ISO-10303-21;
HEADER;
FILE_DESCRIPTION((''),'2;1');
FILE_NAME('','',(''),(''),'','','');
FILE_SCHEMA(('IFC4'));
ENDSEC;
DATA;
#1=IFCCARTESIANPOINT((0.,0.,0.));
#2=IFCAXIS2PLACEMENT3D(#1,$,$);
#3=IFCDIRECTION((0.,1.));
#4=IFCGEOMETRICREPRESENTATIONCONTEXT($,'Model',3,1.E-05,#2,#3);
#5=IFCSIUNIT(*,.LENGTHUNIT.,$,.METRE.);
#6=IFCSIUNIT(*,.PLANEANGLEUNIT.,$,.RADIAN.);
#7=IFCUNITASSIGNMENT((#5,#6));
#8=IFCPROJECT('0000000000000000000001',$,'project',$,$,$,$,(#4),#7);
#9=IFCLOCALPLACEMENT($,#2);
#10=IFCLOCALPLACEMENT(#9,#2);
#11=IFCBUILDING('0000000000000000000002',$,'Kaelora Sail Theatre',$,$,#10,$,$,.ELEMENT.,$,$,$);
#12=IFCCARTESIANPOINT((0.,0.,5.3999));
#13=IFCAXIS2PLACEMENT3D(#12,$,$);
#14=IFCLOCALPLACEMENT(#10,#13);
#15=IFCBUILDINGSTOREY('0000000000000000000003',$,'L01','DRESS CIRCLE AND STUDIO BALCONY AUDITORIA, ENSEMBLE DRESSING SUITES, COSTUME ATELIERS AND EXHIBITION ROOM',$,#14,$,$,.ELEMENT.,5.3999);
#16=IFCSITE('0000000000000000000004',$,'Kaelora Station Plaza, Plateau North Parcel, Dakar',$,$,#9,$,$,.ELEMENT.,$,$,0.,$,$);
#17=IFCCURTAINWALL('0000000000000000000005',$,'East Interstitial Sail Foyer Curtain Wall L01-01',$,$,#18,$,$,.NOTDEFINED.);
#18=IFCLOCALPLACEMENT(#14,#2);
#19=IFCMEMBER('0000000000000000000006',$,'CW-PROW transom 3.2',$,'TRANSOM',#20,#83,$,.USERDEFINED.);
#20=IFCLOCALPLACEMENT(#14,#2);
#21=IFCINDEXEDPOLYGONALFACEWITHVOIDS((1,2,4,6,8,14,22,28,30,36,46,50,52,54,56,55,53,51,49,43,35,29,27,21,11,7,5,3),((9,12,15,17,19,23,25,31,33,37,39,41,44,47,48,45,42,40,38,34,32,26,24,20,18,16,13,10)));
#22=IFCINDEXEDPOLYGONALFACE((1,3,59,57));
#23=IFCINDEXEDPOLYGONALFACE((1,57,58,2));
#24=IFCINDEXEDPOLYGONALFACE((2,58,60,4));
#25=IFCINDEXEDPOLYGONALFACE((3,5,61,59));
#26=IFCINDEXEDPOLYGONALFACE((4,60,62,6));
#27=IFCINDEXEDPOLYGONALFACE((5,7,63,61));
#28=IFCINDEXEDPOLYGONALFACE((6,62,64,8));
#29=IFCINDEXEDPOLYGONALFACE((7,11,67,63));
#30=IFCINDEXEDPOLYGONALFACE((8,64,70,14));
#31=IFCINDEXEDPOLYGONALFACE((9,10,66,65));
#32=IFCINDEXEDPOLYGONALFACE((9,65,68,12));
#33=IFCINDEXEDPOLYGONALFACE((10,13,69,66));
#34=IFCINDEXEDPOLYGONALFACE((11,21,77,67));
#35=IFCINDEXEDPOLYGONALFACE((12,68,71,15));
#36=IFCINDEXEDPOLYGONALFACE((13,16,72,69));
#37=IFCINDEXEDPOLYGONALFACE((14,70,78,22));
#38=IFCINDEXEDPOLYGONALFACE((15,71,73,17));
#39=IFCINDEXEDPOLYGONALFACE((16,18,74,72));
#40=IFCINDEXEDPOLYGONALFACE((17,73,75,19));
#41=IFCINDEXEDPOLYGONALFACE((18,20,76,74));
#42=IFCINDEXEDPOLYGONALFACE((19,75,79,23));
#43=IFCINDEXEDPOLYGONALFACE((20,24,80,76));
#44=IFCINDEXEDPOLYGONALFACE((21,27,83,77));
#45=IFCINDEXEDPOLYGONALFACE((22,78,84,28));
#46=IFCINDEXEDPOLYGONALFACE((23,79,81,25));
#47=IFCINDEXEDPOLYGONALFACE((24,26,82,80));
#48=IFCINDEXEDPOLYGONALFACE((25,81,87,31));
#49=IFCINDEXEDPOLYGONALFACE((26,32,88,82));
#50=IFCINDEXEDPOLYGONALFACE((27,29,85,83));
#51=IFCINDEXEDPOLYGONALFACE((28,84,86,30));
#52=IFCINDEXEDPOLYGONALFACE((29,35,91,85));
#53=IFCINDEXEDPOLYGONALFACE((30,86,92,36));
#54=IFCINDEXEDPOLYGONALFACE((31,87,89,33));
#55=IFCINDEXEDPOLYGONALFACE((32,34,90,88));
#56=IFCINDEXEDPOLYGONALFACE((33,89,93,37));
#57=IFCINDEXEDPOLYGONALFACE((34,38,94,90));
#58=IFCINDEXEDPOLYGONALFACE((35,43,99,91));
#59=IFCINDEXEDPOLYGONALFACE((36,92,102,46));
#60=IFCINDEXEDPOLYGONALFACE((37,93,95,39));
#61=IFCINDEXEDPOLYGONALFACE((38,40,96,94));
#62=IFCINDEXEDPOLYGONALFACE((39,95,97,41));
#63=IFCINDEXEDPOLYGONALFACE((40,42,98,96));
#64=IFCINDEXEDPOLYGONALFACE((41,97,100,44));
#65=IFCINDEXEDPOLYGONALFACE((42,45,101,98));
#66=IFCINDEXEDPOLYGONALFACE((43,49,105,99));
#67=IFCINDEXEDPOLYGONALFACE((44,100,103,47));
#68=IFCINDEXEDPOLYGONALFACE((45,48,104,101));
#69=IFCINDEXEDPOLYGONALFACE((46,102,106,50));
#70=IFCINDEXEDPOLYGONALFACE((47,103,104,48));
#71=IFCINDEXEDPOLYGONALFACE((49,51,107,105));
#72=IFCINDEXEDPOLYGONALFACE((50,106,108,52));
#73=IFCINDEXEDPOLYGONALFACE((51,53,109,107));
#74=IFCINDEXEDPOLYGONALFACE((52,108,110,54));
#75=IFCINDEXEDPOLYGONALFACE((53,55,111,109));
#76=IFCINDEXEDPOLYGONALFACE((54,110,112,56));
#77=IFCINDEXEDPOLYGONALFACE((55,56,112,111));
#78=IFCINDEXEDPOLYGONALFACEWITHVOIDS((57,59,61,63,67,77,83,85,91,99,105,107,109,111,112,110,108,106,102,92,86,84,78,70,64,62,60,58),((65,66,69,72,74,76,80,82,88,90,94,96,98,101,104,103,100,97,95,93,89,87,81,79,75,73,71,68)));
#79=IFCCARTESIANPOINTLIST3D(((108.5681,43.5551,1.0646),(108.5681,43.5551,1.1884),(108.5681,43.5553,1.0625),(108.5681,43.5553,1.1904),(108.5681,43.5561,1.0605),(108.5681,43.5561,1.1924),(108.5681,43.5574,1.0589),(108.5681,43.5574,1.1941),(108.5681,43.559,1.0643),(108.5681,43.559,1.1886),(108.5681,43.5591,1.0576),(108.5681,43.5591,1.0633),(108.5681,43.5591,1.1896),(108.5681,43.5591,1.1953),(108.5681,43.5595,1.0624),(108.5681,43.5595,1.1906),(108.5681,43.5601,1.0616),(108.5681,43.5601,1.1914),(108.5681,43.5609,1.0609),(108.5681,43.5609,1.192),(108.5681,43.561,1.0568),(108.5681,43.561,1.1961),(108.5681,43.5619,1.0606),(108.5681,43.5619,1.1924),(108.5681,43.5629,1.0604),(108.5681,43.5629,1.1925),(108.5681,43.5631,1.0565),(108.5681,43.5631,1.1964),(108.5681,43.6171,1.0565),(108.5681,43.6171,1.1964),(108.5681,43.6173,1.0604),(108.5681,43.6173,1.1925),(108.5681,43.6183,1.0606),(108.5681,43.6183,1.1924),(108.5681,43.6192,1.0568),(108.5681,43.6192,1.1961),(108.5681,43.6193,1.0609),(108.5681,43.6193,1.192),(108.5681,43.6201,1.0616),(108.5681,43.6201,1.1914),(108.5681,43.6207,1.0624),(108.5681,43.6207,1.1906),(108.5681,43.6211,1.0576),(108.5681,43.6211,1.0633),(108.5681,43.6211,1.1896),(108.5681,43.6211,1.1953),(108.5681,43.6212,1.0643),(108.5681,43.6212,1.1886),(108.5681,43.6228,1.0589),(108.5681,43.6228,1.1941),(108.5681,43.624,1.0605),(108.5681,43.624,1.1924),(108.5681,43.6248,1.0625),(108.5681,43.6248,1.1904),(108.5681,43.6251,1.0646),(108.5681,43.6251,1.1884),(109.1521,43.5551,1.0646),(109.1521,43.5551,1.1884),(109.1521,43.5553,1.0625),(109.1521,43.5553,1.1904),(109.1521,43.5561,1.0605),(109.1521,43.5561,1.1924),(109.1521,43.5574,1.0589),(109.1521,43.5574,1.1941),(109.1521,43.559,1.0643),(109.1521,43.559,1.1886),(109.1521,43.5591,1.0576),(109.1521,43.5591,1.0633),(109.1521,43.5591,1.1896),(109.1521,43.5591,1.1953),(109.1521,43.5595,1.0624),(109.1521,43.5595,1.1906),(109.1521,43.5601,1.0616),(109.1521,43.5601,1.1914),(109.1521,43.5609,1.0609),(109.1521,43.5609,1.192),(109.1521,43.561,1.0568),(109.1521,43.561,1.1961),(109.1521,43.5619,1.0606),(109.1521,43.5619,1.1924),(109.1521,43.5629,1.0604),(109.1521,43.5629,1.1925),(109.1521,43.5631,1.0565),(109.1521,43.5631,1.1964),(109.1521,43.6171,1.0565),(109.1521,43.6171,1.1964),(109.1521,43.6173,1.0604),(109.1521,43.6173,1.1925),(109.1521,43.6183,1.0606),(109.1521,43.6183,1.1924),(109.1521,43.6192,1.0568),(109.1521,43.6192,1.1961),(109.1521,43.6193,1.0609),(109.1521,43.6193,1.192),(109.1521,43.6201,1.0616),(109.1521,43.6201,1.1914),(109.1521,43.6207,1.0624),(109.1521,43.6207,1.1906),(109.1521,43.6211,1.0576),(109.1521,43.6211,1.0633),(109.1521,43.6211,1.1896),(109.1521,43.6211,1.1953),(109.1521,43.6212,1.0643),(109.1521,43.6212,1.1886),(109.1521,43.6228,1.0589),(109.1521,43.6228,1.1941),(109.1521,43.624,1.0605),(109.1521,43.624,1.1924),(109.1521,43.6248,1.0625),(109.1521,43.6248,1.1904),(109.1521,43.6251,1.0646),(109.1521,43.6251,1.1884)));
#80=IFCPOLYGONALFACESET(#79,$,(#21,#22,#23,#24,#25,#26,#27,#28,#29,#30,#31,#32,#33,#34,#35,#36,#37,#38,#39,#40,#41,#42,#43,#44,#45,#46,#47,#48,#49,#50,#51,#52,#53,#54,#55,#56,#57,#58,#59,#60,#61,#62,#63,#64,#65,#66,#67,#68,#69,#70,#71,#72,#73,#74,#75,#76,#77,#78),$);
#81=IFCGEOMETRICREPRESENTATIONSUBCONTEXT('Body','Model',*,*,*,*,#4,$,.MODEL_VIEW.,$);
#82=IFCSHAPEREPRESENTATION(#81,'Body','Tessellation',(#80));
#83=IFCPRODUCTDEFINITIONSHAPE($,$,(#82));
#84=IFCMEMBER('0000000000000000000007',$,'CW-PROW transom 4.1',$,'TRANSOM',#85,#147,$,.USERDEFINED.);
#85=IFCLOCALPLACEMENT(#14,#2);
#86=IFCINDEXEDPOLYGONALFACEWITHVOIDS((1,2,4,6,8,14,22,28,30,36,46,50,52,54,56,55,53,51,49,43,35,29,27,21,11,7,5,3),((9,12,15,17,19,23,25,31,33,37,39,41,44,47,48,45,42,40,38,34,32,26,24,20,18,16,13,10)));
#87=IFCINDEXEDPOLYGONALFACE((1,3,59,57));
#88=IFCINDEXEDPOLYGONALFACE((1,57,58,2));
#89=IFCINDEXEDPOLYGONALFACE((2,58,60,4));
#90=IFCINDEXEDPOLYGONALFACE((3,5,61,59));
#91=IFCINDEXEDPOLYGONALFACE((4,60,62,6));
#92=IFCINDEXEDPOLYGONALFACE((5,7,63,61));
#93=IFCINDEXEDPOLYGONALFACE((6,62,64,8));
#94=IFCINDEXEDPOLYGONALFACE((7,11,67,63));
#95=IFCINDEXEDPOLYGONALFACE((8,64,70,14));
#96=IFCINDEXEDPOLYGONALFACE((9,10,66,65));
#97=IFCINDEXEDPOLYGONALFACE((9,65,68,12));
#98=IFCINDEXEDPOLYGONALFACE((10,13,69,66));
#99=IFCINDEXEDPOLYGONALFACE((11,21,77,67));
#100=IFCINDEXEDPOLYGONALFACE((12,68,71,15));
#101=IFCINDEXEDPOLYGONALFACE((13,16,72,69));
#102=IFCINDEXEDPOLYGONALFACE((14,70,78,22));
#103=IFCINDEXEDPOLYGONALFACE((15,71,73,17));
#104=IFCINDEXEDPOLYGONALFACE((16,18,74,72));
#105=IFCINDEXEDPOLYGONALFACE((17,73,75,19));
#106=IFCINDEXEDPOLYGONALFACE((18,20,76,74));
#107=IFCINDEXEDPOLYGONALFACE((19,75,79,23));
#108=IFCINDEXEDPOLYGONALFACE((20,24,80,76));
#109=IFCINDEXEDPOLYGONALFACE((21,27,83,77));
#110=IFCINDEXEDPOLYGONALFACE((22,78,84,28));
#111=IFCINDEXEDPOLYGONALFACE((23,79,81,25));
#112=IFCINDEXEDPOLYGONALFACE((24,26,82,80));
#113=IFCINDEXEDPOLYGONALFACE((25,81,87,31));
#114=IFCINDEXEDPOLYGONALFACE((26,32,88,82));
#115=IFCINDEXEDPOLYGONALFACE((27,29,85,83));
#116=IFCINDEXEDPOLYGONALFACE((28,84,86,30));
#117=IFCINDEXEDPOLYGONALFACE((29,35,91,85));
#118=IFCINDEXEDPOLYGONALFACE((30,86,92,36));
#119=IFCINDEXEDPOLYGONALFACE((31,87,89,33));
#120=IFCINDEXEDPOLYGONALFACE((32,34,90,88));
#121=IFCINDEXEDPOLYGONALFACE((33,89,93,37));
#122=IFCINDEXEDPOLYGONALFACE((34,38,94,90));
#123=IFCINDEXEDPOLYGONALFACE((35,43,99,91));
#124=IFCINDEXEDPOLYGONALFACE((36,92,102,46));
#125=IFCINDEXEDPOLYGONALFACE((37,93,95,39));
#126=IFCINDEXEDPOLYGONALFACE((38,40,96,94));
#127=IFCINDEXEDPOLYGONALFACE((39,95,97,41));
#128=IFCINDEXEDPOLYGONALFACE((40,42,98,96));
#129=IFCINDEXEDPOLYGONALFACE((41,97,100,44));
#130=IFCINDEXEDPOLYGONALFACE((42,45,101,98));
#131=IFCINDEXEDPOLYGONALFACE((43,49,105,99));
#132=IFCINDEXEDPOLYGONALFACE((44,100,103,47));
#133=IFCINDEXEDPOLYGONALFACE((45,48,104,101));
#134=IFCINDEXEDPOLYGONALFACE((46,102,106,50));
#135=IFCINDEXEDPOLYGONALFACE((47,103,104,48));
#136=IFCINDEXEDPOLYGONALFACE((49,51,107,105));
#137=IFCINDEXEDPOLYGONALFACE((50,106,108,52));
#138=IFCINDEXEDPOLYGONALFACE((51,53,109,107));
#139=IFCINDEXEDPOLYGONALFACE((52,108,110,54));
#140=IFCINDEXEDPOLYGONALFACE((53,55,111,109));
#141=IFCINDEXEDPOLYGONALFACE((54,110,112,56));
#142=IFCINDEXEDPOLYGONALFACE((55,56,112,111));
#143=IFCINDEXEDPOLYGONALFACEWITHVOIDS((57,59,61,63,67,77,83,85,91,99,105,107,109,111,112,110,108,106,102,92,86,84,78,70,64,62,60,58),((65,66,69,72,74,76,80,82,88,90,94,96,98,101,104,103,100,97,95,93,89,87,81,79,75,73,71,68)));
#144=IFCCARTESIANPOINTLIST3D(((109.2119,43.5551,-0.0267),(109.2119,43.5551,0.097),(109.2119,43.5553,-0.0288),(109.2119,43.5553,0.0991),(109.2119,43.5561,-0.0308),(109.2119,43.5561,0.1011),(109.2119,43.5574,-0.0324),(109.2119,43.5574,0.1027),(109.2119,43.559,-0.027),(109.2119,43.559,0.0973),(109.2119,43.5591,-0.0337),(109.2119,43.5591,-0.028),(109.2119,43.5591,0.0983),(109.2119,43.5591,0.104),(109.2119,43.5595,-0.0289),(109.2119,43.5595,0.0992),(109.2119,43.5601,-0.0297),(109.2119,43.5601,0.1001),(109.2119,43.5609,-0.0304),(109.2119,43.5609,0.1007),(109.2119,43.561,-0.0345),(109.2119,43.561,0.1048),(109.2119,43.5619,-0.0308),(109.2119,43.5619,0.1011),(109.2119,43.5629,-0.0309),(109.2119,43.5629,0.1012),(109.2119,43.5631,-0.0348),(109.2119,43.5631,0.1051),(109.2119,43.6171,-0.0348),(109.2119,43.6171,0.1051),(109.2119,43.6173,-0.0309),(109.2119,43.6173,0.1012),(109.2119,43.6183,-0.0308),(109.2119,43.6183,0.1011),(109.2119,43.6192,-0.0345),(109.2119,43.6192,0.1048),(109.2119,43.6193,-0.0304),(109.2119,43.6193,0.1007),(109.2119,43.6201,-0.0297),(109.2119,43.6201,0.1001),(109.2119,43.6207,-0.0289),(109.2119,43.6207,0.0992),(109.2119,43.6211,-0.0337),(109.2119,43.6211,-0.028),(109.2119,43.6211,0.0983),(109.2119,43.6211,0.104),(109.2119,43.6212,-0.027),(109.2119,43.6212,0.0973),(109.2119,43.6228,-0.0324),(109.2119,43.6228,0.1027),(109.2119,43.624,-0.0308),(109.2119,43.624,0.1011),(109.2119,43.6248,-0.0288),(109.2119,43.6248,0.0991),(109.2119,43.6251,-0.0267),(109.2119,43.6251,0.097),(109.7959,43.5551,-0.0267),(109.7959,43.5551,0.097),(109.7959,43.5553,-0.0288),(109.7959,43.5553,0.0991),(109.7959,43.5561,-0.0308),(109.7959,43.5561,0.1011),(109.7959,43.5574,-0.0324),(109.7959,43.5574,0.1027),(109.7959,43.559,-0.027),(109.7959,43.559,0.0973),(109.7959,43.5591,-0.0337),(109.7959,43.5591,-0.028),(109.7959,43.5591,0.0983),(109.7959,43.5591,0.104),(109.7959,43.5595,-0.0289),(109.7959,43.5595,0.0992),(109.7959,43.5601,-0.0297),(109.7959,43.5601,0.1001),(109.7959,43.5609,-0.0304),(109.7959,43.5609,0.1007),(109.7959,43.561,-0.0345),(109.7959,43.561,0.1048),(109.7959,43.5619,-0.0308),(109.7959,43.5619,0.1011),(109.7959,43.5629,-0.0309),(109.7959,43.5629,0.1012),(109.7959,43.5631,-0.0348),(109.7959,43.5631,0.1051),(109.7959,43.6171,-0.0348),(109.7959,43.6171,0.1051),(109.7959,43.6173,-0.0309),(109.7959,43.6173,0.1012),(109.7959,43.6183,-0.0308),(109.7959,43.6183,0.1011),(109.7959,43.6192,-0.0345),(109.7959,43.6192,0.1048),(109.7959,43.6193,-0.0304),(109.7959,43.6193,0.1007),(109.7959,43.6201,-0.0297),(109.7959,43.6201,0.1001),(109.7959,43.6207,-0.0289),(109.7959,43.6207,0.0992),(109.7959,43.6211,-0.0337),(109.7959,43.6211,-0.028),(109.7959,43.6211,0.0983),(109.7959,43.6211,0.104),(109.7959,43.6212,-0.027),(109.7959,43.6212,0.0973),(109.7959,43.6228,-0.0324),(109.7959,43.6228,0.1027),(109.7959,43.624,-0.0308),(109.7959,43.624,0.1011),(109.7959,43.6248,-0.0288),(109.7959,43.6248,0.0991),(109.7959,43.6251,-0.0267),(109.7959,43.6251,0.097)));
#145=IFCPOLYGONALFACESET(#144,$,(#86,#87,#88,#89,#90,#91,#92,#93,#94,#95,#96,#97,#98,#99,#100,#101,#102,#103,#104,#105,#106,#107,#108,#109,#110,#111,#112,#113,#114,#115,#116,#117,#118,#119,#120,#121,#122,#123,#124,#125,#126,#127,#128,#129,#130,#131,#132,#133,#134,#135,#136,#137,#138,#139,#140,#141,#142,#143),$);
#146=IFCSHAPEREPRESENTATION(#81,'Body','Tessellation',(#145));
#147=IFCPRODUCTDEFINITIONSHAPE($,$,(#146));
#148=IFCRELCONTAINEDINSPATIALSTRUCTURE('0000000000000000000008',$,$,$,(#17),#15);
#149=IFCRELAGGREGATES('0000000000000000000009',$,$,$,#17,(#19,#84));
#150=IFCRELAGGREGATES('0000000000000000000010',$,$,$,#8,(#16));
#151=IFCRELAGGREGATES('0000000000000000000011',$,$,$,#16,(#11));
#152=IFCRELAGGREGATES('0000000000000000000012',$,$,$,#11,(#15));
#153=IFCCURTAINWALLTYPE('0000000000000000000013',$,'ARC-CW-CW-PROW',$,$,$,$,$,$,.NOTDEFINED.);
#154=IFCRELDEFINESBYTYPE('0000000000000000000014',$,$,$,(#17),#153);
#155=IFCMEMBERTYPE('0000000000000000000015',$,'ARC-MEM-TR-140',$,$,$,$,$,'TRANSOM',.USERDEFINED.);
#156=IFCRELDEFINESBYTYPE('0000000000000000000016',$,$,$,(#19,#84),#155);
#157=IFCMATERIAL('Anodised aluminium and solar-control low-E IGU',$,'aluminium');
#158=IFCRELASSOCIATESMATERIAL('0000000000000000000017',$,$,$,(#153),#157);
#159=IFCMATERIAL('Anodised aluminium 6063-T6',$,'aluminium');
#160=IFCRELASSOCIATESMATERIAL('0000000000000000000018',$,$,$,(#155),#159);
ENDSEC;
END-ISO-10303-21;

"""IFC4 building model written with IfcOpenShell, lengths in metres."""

from ifc_helpers import new_model, si_unit, direction, frame, origin, origin_2d, place, context, subcontext, project, spatial, hollow_rectangle, extrude, material, material_profile, profile_set, type_object, element, aggregate, save


model = new_model("IFC4")

# Units and contexts
model_context = context("Model", 3, precision=1e-05, world=origin(), true_north=direction((0.0, 1.0)))
body_context = subcontext(model_context, "Body", "Model", "MODEL_VIEW")
ifc_project = project(units=[si_unit("LENGTHUNIT", "METRE"), si_unit("PLANEANGLEUNIT", "RADIAN")], contexts=[model_context])

# Site, building, storey
site_placement = place(None, origin())
site = spatial("IfcSite", under=ifc_project, at=site_placement, Name="Kaelora Station Plaza, Plateau North Parcel, Dakar", CompositionType="ELEMENT", RefElevation=0.0)
building_placement = place(site_placement, origin())
building = spatial("IfcBuilding", under=site, at=building_placement, Name="Kaelora Sail Theatre", CompositionType="ELEMENT")
storey_placement = place(building_placement, frame((0.0, 0.0, 5.3999)))
storey = spatial("IfcBuildingStorey", under=building, at=storey_placement, Name="L01", Description="DRESS CIRCLE AND STUDIO BALCONY AUDITORIA, ENSEMBLE DRESSING SUITES, COSTUME ATELIERS AND EXHIBITION ROOM", CompositionType="ELEMENT", Elevation=5.3999)

# Curtain wall, members
ifc_material_1 = material(Name="Anodised aluminium and solar-control low-E IGU", Category="aluminium")
curtain_wall_type = type_object("IfcCurtainWallType", Name="ARC-CW-CW-PROW", PredefinedType="NOTDEFINED", material=ifc_material_1)
curtain_wall_placement = place(storey_placement, origin())
curtain_wall = element("IfcCurtainWall", 1, at=curtain_wall_placement, inside=storey, type_object=curtain_wall_type, Name="East Interstitial Sail Foyer Curtain Wall L01-01", PredefinedType="NOTDEFINED")
ifc_material_2 = material(Name="Anodised aluminium 6063-T6", Category="aluminium")
ifc_material_profile_1 = material_profile(ifc_material_2, hollow_rectangle(XDim=0.0701, YDim=0.1399, WallThickness=0.0039, InnerFilletRadius=0.0039, OuterFilletRadius=0.0081, at=origin_2d()), Name="ALU-TRAN 70x140x4")
ifc_profile_set_1 = profile_set([ifc_material_profile_1], Name="Anodised aluminium 6063-T6")
member_type_1 = type_object("IfcMemberType", Name="ARC-MEM-TR-140", ElementType="TRANSOM", PredefinedType="USERDEFINED", material=ifc_profile_set_1)
member_1_placement = place(storey_placement, frame((108.5681, 43.5901, 1.1265), z_axis=(1.0, 0.0, 0.0), x_axis=(0.0, 1.0, 0.0)))
member_1 = element("IfcMember", 2, at=member_1_placement, type_object=member_type_1, Name="CW-PROW transom 3.2", ObjectType="TRANSOM", PredefinedType="USERDEFINED", context=body_context, shape_type="SweptSolid", body=[
    extrude(hollow_rectangle(XDim=0.0701, YDim=0.1399, WallThickness=0.0039, InnerFilletRadius=0.0039, OuterFilletRadius=0.0081, at=origin_2d()), origin(), (0.0, 0.0, 1.0), 0.584),
])
member_2_placement = place(storey_placement, frame((109.2119, 43.5901, 0.0352), z_axis=(1.0, 0.0, 0.0), x_axis=(0.0, 1.0, 0.0)))
member_2 = element("IfcMember", 3, at=member_2_placement, type_object=member_type_1, Name="CW-PROW transom 4.1", ObjectType="TRANSOM", PredefinedType="USERDEFINED", context=body_context, shape_type="SweptSolid", body=[
    extrude(hollow_rectangle(XDim=0.0701, YDim=0.1399, WallThickness=0.0039, InnerFilletRadius=0.0039, OuterFilletRadius=0.0081, at=origin_2d()), origin(), (0.0, 0.0, 1.0), 0.584),
])

aggregate(curtain_wall, [member_1, member_2])

save(model, "model.ifc")
